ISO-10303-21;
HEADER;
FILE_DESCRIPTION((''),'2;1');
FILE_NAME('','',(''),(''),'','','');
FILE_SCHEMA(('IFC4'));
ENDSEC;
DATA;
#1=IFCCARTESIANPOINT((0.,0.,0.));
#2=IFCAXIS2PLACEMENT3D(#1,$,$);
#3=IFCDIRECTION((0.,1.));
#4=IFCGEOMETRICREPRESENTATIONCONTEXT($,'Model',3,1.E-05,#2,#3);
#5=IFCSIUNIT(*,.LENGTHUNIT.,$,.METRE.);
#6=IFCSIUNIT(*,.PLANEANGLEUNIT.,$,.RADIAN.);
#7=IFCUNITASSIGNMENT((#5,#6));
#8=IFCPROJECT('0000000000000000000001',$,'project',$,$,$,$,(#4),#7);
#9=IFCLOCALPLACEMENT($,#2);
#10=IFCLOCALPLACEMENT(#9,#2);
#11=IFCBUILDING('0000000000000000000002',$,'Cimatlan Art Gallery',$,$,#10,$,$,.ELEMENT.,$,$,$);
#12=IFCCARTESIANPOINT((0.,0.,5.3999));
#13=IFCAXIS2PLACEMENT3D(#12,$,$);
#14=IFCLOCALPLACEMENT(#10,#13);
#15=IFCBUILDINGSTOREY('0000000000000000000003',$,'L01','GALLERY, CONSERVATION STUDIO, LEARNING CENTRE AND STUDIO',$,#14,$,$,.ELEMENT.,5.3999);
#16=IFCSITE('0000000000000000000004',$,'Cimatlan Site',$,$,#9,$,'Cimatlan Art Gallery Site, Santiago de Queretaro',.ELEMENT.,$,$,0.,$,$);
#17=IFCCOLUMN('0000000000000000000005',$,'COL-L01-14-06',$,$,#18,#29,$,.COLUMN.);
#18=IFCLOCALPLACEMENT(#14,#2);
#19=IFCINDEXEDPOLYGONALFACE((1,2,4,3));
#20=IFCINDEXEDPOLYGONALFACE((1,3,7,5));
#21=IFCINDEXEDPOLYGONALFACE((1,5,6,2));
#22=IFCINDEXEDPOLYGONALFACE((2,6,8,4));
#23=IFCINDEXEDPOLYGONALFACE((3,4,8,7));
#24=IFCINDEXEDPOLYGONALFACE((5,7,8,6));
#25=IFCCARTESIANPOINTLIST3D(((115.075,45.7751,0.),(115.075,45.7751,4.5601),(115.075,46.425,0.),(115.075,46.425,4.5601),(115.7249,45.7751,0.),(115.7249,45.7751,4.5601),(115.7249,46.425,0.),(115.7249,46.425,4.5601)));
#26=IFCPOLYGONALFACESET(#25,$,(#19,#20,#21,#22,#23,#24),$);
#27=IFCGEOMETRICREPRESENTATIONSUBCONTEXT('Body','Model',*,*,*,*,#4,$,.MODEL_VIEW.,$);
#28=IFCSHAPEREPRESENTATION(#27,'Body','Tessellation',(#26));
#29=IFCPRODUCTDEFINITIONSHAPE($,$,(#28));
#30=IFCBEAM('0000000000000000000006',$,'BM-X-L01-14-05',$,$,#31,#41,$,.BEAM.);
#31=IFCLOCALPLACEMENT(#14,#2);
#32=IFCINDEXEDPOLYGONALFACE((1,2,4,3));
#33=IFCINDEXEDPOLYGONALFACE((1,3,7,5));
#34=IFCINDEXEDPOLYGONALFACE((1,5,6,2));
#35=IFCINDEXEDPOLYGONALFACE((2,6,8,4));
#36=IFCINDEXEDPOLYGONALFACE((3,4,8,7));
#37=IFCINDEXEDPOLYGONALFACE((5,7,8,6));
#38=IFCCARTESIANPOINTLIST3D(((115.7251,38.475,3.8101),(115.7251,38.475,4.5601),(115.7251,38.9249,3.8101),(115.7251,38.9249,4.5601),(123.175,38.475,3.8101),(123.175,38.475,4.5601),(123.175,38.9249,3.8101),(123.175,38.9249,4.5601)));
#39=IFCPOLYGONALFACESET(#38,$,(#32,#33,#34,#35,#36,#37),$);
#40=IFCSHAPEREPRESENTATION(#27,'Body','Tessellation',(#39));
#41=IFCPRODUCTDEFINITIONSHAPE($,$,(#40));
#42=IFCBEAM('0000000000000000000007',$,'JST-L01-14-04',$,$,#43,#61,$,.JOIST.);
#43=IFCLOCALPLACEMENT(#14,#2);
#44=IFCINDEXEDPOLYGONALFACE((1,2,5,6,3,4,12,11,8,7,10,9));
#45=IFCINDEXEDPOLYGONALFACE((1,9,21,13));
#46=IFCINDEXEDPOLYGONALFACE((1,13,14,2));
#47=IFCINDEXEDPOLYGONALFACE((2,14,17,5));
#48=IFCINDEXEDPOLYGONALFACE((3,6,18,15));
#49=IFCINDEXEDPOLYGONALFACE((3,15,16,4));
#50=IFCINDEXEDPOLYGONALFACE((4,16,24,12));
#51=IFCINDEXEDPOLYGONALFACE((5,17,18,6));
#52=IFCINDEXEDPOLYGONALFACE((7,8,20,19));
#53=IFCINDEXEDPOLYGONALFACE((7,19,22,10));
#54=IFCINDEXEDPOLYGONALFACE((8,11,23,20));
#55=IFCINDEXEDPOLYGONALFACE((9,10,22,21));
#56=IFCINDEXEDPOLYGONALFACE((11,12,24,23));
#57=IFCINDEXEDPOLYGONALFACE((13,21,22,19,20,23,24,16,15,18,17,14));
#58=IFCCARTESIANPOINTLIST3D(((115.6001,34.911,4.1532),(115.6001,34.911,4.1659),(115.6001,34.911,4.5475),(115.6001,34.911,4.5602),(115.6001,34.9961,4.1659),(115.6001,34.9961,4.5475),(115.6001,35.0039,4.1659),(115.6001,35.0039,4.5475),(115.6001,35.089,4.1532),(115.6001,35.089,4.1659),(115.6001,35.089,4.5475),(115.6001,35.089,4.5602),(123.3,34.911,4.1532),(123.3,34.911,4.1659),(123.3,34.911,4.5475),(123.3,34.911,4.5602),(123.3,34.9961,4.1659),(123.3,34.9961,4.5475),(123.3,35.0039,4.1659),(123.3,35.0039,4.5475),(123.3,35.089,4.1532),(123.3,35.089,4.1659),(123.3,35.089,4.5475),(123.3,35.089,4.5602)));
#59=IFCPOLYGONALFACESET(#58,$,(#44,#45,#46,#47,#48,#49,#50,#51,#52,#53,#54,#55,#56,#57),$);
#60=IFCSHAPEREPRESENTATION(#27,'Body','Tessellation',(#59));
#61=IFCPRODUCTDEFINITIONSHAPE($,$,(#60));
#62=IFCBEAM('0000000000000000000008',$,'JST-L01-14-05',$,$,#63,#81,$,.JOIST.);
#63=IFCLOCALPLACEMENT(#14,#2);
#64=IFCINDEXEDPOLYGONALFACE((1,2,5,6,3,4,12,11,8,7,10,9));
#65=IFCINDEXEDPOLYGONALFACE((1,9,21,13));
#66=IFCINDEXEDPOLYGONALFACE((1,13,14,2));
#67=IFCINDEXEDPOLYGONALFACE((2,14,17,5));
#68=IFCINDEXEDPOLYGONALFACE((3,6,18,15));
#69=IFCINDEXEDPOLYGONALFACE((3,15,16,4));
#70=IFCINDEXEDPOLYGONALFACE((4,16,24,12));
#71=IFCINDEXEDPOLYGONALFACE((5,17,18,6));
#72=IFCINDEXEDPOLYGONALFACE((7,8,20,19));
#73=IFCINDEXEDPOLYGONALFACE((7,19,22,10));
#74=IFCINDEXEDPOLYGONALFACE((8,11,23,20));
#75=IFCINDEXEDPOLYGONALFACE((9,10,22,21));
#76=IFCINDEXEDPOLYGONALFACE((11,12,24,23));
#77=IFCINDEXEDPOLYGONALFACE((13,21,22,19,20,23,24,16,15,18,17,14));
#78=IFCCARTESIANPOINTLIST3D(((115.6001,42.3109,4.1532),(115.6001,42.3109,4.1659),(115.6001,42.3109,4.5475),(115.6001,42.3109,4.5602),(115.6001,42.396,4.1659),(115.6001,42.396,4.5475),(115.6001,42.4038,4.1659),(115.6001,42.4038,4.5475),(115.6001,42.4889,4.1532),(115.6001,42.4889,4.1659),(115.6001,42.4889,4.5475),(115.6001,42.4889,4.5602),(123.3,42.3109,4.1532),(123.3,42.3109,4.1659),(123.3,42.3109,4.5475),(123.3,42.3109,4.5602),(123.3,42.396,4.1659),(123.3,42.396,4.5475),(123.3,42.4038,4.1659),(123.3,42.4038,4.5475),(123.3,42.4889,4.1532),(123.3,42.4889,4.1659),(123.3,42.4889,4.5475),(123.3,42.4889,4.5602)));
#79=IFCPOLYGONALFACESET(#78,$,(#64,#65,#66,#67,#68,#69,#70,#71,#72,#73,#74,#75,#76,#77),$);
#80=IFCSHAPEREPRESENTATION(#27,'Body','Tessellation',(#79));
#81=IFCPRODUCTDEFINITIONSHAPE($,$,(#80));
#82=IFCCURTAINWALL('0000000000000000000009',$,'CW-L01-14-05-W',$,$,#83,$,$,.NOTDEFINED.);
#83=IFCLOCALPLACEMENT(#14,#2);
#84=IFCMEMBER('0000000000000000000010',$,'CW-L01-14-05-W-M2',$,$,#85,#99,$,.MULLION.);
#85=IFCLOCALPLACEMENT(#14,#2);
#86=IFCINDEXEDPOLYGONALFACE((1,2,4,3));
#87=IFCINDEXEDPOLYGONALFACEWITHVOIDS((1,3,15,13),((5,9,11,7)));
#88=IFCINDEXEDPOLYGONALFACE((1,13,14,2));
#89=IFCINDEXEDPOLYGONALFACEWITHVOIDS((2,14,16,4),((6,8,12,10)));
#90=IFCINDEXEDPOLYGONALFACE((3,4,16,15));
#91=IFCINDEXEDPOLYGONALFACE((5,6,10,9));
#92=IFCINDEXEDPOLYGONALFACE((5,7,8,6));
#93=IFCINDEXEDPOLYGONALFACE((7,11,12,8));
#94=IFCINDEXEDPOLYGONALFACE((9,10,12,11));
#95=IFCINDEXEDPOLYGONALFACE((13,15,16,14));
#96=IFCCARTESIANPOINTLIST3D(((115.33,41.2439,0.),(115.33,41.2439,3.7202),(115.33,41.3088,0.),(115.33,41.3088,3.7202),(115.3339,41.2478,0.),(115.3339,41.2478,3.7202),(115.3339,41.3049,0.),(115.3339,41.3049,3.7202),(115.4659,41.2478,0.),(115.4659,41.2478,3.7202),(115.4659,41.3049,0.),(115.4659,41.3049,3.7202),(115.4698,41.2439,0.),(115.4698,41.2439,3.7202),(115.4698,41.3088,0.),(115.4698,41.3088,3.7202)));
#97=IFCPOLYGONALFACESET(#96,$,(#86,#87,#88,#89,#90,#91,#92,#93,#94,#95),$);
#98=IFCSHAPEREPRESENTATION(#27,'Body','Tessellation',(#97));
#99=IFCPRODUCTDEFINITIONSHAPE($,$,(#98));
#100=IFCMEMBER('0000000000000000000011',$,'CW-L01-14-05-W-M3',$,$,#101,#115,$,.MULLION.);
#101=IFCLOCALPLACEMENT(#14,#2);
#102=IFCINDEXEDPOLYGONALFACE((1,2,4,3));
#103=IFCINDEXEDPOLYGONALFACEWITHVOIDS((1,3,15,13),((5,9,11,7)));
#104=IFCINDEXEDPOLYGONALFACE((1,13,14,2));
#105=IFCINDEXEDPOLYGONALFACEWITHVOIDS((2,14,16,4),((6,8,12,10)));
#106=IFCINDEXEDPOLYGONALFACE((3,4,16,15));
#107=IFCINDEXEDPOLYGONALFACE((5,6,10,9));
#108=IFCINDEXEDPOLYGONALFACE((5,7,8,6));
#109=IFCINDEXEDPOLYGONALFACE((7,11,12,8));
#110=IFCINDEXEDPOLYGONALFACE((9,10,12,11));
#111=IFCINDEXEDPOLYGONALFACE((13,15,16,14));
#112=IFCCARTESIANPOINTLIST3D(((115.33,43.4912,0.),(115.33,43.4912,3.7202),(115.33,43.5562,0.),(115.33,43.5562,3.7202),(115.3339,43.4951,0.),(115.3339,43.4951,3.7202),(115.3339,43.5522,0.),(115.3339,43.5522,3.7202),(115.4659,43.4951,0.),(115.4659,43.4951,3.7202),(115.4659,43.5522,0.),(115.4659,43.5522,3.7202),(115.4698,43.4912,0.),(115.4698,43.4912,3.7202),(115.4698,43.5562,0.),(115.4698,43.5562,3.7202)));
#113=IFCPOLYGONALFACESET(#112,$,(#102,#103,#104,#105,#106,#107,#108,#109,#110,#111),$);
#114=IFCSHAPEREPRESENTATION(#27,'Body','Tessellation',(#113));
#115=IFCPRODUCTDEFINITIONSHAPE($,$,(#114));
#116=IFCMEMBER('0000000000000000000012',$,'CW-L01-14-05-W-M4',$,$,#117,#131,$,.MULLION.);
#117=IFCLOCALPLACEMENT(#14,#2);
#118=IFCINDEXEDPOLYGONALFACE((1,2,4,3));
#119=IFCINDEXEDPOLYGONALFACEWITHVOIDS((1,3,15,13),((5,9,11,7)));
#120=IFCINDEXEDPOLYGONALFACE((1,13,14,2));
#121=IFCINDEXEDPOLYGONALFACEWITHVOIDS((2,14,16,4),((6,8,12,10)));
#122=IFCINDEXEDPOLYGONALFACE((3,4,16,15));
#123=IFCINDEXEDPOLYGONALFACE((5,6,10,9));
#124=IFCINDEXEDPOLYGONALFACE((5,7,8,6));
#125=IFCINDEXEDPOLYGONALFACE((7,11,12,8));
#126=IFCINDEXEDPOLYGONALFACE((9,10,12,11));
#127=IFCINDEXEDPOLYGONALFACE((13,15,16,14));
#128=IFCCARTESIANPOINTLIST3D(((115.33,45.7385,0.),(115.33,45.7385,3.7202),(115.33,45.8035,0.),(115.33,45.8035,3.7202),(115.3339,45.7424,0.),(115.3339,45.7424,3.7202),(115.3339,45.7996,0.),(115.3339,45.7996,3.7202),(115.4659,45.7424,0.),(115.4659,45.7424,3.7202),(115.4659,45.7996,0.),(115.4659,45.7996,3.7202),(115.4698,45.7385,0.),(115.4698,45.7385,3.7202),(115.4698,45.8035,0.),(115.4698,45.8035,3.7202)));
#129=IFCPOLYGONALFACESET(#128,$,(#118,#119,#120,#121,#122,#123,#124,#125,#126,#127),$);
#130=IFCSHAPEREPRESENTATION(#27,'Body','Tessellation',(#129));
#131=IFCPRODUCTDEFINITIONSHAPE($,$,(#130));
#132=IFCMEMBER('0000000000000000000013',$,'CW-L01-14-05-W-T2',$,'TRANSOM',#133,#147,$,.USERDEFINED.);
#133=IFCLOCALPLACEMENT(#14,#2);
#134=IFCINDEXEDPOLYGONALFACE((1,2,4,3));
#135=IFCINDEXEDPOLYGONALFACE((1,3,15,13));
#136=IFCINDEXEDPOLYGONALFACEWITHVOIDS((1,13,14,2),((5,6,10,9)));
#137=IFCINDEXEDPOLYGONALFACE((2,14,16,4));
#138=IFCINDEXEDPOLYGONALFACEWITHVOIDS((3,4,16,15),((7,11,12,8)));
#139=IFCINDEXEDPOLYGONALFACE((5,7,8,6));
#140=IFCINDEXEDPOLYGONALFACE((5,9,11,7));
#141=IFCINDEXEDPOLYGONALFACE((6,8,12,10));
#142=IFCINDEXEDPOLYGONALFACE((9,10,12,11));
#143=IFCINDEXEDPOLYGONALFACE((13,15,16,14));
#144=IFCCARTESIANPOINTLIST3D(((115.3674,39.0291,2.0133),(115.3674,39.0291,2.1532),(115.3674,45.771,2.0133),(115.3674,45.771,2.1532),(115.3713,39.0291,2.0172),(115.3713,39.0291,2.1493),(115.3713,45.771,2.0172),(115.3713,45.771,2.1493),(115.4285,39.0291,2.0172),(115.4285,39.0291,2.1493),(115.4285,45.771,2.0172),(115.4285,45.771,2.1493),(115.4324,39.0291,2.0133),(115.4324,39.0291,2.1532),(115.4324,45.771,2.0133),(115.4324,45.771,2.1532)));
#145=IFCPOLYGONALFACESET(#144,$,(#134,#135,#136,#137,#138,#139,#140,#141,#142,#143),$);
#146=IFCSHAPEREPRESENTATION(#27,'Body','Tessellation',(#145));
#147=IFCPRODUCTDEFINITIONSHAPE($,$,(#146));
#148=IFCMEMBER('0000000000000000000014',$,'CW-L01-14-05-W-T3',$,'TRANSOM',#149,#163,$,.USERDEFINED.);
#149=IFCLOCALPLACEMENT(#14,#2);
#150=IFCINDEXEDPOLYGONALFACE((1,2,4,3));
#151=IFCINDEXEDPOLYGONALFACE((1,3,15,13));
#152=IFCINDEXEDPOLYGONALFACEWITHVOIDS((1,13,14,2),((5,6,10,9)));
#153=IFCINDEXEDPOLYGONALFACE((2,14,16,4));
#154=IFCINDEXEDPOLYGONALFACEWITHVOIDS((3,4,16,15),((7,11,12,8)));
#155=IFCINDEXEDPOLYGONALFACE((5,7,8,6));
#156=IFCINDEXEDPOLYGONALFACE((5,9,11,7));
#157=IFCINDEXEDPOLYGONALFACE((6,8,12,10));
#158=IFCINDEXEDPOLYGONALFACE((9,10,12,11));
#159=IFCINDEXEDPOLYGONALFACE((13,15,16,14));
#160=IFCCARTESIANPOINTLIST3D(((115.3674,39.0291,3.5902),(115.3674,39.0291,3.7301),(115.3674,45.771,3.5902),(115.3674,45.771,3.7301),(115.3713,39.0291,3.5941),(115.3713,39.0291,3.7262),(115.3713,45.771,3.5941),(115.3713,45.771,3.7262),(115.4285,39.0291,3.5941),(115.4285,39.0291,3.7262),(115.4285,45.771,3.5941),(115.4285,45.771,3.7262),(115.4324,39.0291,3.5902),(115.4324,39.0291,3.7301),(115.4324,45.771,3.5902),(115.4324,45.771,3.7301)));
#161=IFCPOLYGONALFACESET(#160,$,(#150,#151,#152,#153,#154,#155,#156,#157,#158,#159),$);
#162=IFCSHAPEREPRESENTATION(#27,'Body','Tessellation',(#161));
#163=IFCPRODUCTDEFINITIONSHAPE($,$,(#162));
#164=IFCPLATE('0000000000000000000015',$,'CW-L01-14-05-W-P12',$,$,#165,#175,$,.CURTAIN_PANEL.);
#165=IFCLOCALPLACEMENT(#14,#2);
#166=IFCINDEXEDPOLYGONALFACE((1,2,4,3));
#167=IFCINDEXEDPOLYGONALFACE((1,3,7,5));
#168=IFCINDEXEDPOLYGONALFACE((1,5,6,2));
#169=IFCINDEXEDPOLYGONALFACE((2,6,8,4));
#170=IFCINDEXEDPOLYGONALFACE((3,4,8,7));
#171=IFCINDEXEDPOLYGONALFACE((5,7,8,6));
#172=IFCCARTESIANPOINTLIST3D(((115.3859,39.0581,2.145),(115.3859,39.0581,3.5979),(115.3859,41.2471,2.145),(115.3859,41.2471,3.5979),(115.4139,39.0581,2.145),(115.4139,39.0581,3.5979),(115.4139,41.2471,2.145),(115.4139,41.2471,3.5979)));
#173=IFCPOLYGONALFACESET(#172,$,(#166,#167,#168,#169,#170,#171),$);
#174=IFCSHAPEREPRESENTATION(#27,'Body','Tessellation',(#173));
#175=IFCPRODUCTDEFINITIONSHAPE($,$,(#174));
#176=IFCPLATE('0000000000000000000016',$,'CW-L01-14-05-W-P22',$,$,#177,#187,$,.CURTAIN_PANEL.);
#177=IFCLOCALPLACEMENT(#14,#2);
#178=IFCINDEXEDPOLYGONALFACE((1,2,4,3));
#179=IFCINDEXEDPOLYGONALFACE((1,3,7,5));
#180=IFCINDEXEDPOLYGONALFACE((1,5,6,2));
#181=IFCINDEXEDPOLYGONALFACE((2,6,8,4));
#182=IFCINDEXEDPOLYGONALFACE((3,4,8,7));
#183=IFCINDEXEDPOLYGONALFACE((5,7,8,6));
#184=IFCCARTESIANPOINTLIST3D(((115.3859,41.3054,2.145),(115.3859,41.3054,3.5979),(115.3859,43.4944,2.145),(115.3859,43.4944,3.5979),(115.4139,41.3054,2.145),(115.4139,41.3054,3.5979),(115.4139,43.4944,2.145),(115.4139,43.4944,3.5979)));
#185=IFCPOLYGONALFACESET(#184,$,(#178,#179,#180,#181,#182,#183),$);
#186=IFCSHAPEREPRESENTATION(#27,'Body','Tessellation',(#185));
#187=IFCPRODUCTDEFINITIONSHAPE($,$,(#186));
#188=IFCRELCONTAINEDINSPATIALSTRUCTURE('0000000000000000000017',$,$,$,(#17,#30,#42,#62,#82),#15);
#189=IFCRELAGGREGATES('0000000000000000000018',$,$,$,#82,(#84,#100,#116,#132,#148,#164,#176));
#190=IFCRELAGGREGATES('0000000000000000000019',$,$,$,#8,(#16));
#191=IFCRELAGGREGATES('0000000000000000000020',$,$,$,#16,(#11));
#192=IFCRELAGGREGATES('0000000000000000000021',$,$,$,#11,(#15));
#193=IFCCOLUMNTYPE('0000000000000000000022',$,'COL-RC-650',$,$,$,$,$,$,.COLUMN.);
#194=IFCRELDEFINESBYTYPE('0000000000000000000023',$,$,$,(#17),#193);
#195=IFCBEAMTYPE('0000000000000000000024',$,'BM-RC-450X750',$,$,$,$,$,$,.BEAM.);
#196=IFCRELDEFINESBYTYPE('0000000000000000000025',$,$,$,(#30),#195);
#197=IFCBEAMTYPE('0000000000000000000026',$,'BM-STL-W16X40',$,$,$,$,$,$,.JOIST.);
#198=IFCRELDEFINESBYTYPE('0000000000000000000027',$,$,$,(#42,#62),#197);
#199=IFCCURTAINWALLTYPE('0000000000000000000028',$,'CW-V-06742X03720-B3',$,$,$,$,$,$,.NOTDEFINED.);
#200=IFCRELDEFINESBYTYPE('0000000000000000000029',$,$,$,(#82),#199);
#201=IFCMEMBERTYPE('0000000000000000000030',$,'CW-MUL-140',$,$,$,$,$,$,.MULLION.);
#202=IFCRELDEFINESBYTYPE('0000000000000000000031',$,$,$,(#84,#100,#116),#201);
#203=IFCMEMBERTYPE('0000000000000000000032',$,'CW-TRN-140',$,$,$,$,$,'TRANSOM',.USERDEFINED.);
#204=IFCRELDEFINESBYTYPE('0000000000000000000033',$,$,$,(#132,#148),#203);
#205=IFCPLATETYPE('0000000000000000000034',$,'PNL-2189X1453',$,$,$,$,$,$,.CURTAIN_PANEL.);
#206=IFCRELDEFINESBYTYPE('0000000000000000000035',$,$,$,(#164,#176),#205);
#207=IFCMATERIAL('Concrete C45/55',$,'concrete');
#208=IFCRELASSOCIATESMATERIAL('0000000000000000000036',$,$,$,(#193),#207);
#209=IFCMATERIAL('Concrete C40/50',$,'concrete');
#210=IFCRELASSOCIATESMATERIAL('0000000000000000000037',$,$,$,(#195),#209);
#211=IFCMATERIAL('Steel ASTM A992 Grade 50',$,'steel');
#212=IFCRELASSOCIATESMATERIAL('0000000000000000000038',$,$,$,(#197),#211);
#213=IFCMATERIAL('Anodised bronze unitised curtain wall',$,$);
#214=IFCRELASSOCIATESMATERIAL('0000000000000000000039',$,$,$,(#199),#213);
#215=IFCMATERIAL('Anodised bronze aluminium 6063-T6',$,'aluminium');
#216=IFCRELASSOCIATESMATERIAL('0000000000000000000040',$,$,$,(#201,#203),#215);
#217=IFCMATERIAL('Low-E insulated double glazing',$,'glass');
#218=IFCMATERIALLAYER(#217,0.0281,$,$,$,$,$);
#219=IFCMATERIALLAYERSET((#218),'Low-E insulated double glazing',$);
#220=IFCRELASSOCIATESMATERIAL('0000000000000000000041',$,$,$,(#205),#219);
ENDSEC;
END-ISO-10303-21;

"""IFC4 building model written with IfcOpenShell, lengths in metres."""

from ifc_helpers import new_model, si_unit, direction, frame, origin, origin_2d, place, context, subcontext, project, spatial, rectangle, hollow_rectangle, i_section, extrude, material, layer, layer_set, material_profile, profile_set, type_object, element, aggregate, save


model = new_model("IFC4")

# Units and contexts
model_context = context("Model", 3, precision=1e-05, world=origin(), true_north=direction((0.0, 1.0)))
body_context = subcontext(model_context, "Body", "Model", "MODEL_VIEW")
ifc_project = project(units=[si_unit("LENGTHUNIT", "METRE"), si_unit("PLANEANGLEUNIT", "RADIAN")], contexts=[model_context])

# Site, building, storey
site_placement = place(None, origin())
site = spatial("IfcSite", under=ifc_project, at=site_placement, Name="Cimatlan Site", LongName="Cimatlan Art Gallery Site, Santiago de Queretaro", CompositionType="ELEMENT", RefElevation=0.0)
building_placement = place(site_placement, origin())
building = spatial("IfcBuilding", under=site, at=building_placement, Name="Cimatlan Art Gallery", CompositionType="ELEMENT")
storey_placement = place(building_placement, frame((0.0, 0.0, 5.3999)))
storey = spatial("IfcBuildingStorey", under=building, at=storey_placement, Name="L01", Description="GALLERY, CONSERVATION STUDIO, LEARNING CENTRE AND STUDIO", CompositionType="ELEMENT", Elevation=5.3999)

# Column
ifc_material_1 = material(Name="Concrete C45/55", Category="concrete")
ifc_material_profile_1 = material_profile(ifc_material_1, rectangle(XDim=0.6499, YDim=0.6499, at=origin_2d()), Name="RC650X650")
ifc_profile_set_1 = profile_set([ifc_material_profile_1], Name="Concrete C45/55")
column_type = type_object("IfcColumnType", Name="COL-RC-650", PredefinedType="COLUMN", material=ifc_profile_set_1)
column_placement = place(storey_placement, frame((115.3999, 46.1001, 0.0), z_axis=(0.0, 0.0, 1.0), x_axis=(1.0, 0.0, 0.0)))
element("IfcColumn", 1, at=column_placement, inside=storey, type_object=column_type, Name="COL-L01-14-06", PredefinedType="COLUMN", context=body_context, shape_type="SweptSolid", body=[
    extrude(rectangle(XDim=0.6499, YDim=0.6499, at=origin_2d()), origin(), (0.0, 0.0, 1.0), 4.5601),
])

# Beams
ifc_material_2 = material(Name="Concrete C40/50", Category="concrete")
ifc_material_profile_2 = material_profile(ifc_material_2, rectangle(XDim=0.45, YDim=0.75, at=origin_2d()), Name="RC450X750")
ifc_profile_set_2 = profile_set([ifc_material_profile_2], Name="Concrete C40/50")
beam_type_1 = type_object("IfcBeamType", Name="BM-RC-450X750", PredefinedType="BEAM", material=ifc_profile_set_2)
beam_placement = place(storey_placement, frame((115.7251, 38.7, 4.1851), z_axis=(1.0, 0.0, 0.0), x_axis=(0.0, 1.0, 0.0)))
element("IfcBeam", 2, at=beam_placement, inside=storey, type_object=beam_type_1, Name="BM-X-L01-14-05", PredefinedType="BEAM", context=body_context, shape_type="SweptSolid", body=[
    extrude(rectangle(XDim=0.45, YDim=0.75, at=origin_2d()), origin(), (0.0, 0.0, 1.0), 7.45),
])
ifc_material_3 = material(Name="Steel ASTM A992 Grade 50", Category="steel")
ifc_material_profile_3 = material_profile(ifc_material_3, i_section(OverallWidth=0.178, OverallDepth=0.407, WebThickness=0.0078, FlangeThickness=0.0127, at=origin_2d()), Name="W16X40")
ifc_profile_set_3 = profile_set([ifc_material_profile_3], Name="Steel ASTM A992 Grade 50")
beam_type_2 = type_object("IfcBeamType", Name="BM-STL-W16X40", PredefinedType="JOIST", material=ifc_profile_set_3)
for number, where, z_axis, x_axis, name in (
    (3, (115.6001, 35.0, 4.3567), (1.0, 0.0, 0.0), (0.0, 1.0, 0.0), "JST-L01-14-04"),
    (4, (115.6001, 42.3999, 4.3567), (1.0, 0.0, 0.0), (0.0, 1.0, 0.0), "JST-L01-14-05"),
):
    element("IfcBeam", number, at=place(storey_placement, frame(where, z_axis=z_axis, x_axis=x_axis)), inside=storey, type_object=beam_type_2, Name=name, PredefinedType="JOIST", context=body_context, shape_type="SweptSolid", body=[
        extrude(i_section(OverallWidth=0.178, OverallDepth=0.407, WebThickness=0.0078, FlangeThickness=0.0127, at=origin_2d()), origin(), (0.0, 0.0, 1.0), 7.7),
    ])

# Curtain wall, members, plates
ifc_material_4 = material(Name="Anodised bronze unitised curtain wall")
curtain_wall_type = type_object("IfcCurtainWallType", Name="CW-V-06742X03720-B3", PredefinedType="NOTDEFINED", material=ifc_material_4)
curtain_wall_placement = place(storey_placement, origin())
curtain_wall = element("IfcCurtainWall", 5, at=curtain_wall_placement, inside=storey, type_object=curtain_wall_type, Name="CW-L01-14-05-W", PredefinedType="NOTDEFINED")
ifc_material_5 = material(Name="Anodised bronze aluminium 6063-T6", Category="aluminium")
ifc_material_profile_4 = material_profile(ifc_material_5, hollow_rectangle(XDim=0.0649, YDim=0.1399, WallThickness=0.0039, at=origin_2d()), Name="ALU65X140X4")
ifc_profile_set_4 = profile_set([ifc_material_profile_4], Name="Anodised bronze aluminium 6063-T6")
member_type_1 = type_object("IfcMemberType", Name="CW-MUL-140", PredefinedType="MULLION", material=ifc_profile_set_4)
member_1_placement = place(storey_placement, frame((115.3999, 41.2764, 0.0), z_axis=(0.0, 0.0, 1.0), x_axis=(0.0, 1.0, 0.0)))
member_1 = element("IfcMember", 6, at=member_1_placement, type_object=member_type_1, Name="CW-L01-14-05-W-M2", PredefinedType="MULLION", context=body_context, shape_type="SweptSolid", body=[
    extrude(hollow_rectangle(XDim=0.0649, YDim=0.1399, WallThickness=0.0039, at=origin_2d()), origin(), (0.0, 0.0, 1.0), 3.7202),
])
member_2_placement = place(storey_placement, frame((115.3999, 43.5237, 0.0), z_axis=(0.0, 0.0, 1.0), x_axis=(0.0, 1.0, 0.0)))
member_2 = element("IfcMember", 7, at=member_2_placement, type_object=member_type_1, Name="CW-L01-14-05-W-M3", PredefinedType="MULLION", context=body_context, shape_type="SweptSolid", body=[
    extrude(hollow_rectangle(XDim=0.0649, YDim=0.1399, WallThickness=0.0039, at=origin_2d()), origin(), (0.0, 0.0, 1.0), 3.7202),
])
member_3_placement = place(storey_placement, frame((115.3999, 45.771, 0.0), z_axis=(0.0, 0.0, 1.0), x_axis=(0.0, 1.0, 0.0)))
member_3 = element("IfcMember", 8, at=member_3_placement, type_object=member_type_1, Name="CW-L01-14-05-W-M4", PredefinedType="MULLION", context=body_context, shape_type="SweptSolid", body=[
    extrude(hollow_rectangle(XDim=0.0649, YDim=0.1399, WallThickness=0.0039, at=origin_2d()), origin(), (0.0, 0.0, 1.0), 3.7202),
])
ifc_material_profile_5 = material_profile(ifc_material_5, hollow_rectangle(XDim=0.0649, YDim=0.1399, WallThickness=0.0039, at=origin_2d()), Name="ALU65X140X4")
ifc_profile_set_5 = profile_set([ifc_material_profile_5], Name="Anodised bronze aluminium 6063-T6")
member_type_2 = type_object("IfcMemberType", Name="CW-TRN-140", ElementType="TRANSOM", PredefinedType="USERDEFINED", material=ifc_profile_set_5)
member_4_placement = place(storey_placement, frame((115.3999, 39.0291, 2.0833), z_axis=(0.0, 1.0, 0.0), x_axis=(-1.0, 0.0, 0.0)))
member_4 = element("IfcMember", 9, at=member_4_placement, type_object=member_type_2, Name="CW-L01-14-05-W-T2", ObjectType="TRANSOM", PredefinedType="USERDEFINED", context=body_context, shape_type="SweptSolid", body=[
    extrude(hollow_rectangle(XDim=0.0649, YDim=0.1399, WallThickness=0.0039, at=origin_2d()), origin(), (0.0, 0.0, 1.0), 6.7419),
])
member_5_placement = place(storey_placement, frame((115.3999, 39.0291, 3.6602), z_axis=(0.0, 1.0, 0.0), x_axis=(-1.0, 0.0, 0.0)))
member_5 = element("IfcMember", 10, at=member_5_placement, type_object=member_type_2, Name="CW-L01-14-05-W-T3", ObjectType="TRANSOM", PredefinedType="USERDEFINED", context=body_context, shape_type="SweptSolid", body=[
    extrude(hollow_rectangle(XDim=0.0649, YDim=0.1399, WallThickness=0.0039, at=origin_2d()), origin(), (0.0, 0.0, 1.0), 6.7419),
])
ifc_material_6 = material(Name="Low-E insulated double glazing", Category="glass")
ifc_layer_1 = layer(ifc_material_6, 0.0281)
ifc_layer_set_1 = layer_set([ifc_layer_1], Name="Low-E insulated double glazing")
plate_type_1 = type_object("IfcPlateType", Name="PNL-2189X1453", PredefinedType="CURTAIN_PANEL", material=ifc_layer_set_1)
plate_1_placement = place(storey_placement, frame((115.3999, 40.1526, 2.145), z_axis=(0.0, 0.0, 1.0), x_axis=(0.0, 1.0, 0.0)))
plate_1 = element("IfcPlate", 11, at=plate_1_placement, type_object=plate_type_1, Name="CW-L01-14-05-W-P12", PredefinedType="CURTAIN_PANEL", context=body_context, shape_type="SweptSolid", body=[
    extrude(rectangle(XDim=2.189, YDim=0.0281, at=origin_2d()), origin(), (0.0, 0.0, 1.0), 1.4529),
])
plate_2_placement = place(storey_placement, frame((115.3999, 42.3999, 2.145), z_axis=(0.0, 0.0, 1.0), x_axis=(0.0, 1.0, 0.0)))
plate_2 = element("IfcPlate", 12, at=plate_2_placement, type_object=plate_type_1, Name="CW-L01-14-05-W-P22", PredefinedType="CURTAIN_PANEL", context=body_context, shape_type="SweptSolid", body=[
    extrude(rectangle(XDim=2.189, YDim=0.0281, at=origin_2d()), origin(), (0.0, 0.0, 1.0), 1.4529),
])
aggregate(curtain_wall, [member_1, member_2, member_3, member_4, member_5, plate_1, plate_2])

save(model, "model.ifc")
